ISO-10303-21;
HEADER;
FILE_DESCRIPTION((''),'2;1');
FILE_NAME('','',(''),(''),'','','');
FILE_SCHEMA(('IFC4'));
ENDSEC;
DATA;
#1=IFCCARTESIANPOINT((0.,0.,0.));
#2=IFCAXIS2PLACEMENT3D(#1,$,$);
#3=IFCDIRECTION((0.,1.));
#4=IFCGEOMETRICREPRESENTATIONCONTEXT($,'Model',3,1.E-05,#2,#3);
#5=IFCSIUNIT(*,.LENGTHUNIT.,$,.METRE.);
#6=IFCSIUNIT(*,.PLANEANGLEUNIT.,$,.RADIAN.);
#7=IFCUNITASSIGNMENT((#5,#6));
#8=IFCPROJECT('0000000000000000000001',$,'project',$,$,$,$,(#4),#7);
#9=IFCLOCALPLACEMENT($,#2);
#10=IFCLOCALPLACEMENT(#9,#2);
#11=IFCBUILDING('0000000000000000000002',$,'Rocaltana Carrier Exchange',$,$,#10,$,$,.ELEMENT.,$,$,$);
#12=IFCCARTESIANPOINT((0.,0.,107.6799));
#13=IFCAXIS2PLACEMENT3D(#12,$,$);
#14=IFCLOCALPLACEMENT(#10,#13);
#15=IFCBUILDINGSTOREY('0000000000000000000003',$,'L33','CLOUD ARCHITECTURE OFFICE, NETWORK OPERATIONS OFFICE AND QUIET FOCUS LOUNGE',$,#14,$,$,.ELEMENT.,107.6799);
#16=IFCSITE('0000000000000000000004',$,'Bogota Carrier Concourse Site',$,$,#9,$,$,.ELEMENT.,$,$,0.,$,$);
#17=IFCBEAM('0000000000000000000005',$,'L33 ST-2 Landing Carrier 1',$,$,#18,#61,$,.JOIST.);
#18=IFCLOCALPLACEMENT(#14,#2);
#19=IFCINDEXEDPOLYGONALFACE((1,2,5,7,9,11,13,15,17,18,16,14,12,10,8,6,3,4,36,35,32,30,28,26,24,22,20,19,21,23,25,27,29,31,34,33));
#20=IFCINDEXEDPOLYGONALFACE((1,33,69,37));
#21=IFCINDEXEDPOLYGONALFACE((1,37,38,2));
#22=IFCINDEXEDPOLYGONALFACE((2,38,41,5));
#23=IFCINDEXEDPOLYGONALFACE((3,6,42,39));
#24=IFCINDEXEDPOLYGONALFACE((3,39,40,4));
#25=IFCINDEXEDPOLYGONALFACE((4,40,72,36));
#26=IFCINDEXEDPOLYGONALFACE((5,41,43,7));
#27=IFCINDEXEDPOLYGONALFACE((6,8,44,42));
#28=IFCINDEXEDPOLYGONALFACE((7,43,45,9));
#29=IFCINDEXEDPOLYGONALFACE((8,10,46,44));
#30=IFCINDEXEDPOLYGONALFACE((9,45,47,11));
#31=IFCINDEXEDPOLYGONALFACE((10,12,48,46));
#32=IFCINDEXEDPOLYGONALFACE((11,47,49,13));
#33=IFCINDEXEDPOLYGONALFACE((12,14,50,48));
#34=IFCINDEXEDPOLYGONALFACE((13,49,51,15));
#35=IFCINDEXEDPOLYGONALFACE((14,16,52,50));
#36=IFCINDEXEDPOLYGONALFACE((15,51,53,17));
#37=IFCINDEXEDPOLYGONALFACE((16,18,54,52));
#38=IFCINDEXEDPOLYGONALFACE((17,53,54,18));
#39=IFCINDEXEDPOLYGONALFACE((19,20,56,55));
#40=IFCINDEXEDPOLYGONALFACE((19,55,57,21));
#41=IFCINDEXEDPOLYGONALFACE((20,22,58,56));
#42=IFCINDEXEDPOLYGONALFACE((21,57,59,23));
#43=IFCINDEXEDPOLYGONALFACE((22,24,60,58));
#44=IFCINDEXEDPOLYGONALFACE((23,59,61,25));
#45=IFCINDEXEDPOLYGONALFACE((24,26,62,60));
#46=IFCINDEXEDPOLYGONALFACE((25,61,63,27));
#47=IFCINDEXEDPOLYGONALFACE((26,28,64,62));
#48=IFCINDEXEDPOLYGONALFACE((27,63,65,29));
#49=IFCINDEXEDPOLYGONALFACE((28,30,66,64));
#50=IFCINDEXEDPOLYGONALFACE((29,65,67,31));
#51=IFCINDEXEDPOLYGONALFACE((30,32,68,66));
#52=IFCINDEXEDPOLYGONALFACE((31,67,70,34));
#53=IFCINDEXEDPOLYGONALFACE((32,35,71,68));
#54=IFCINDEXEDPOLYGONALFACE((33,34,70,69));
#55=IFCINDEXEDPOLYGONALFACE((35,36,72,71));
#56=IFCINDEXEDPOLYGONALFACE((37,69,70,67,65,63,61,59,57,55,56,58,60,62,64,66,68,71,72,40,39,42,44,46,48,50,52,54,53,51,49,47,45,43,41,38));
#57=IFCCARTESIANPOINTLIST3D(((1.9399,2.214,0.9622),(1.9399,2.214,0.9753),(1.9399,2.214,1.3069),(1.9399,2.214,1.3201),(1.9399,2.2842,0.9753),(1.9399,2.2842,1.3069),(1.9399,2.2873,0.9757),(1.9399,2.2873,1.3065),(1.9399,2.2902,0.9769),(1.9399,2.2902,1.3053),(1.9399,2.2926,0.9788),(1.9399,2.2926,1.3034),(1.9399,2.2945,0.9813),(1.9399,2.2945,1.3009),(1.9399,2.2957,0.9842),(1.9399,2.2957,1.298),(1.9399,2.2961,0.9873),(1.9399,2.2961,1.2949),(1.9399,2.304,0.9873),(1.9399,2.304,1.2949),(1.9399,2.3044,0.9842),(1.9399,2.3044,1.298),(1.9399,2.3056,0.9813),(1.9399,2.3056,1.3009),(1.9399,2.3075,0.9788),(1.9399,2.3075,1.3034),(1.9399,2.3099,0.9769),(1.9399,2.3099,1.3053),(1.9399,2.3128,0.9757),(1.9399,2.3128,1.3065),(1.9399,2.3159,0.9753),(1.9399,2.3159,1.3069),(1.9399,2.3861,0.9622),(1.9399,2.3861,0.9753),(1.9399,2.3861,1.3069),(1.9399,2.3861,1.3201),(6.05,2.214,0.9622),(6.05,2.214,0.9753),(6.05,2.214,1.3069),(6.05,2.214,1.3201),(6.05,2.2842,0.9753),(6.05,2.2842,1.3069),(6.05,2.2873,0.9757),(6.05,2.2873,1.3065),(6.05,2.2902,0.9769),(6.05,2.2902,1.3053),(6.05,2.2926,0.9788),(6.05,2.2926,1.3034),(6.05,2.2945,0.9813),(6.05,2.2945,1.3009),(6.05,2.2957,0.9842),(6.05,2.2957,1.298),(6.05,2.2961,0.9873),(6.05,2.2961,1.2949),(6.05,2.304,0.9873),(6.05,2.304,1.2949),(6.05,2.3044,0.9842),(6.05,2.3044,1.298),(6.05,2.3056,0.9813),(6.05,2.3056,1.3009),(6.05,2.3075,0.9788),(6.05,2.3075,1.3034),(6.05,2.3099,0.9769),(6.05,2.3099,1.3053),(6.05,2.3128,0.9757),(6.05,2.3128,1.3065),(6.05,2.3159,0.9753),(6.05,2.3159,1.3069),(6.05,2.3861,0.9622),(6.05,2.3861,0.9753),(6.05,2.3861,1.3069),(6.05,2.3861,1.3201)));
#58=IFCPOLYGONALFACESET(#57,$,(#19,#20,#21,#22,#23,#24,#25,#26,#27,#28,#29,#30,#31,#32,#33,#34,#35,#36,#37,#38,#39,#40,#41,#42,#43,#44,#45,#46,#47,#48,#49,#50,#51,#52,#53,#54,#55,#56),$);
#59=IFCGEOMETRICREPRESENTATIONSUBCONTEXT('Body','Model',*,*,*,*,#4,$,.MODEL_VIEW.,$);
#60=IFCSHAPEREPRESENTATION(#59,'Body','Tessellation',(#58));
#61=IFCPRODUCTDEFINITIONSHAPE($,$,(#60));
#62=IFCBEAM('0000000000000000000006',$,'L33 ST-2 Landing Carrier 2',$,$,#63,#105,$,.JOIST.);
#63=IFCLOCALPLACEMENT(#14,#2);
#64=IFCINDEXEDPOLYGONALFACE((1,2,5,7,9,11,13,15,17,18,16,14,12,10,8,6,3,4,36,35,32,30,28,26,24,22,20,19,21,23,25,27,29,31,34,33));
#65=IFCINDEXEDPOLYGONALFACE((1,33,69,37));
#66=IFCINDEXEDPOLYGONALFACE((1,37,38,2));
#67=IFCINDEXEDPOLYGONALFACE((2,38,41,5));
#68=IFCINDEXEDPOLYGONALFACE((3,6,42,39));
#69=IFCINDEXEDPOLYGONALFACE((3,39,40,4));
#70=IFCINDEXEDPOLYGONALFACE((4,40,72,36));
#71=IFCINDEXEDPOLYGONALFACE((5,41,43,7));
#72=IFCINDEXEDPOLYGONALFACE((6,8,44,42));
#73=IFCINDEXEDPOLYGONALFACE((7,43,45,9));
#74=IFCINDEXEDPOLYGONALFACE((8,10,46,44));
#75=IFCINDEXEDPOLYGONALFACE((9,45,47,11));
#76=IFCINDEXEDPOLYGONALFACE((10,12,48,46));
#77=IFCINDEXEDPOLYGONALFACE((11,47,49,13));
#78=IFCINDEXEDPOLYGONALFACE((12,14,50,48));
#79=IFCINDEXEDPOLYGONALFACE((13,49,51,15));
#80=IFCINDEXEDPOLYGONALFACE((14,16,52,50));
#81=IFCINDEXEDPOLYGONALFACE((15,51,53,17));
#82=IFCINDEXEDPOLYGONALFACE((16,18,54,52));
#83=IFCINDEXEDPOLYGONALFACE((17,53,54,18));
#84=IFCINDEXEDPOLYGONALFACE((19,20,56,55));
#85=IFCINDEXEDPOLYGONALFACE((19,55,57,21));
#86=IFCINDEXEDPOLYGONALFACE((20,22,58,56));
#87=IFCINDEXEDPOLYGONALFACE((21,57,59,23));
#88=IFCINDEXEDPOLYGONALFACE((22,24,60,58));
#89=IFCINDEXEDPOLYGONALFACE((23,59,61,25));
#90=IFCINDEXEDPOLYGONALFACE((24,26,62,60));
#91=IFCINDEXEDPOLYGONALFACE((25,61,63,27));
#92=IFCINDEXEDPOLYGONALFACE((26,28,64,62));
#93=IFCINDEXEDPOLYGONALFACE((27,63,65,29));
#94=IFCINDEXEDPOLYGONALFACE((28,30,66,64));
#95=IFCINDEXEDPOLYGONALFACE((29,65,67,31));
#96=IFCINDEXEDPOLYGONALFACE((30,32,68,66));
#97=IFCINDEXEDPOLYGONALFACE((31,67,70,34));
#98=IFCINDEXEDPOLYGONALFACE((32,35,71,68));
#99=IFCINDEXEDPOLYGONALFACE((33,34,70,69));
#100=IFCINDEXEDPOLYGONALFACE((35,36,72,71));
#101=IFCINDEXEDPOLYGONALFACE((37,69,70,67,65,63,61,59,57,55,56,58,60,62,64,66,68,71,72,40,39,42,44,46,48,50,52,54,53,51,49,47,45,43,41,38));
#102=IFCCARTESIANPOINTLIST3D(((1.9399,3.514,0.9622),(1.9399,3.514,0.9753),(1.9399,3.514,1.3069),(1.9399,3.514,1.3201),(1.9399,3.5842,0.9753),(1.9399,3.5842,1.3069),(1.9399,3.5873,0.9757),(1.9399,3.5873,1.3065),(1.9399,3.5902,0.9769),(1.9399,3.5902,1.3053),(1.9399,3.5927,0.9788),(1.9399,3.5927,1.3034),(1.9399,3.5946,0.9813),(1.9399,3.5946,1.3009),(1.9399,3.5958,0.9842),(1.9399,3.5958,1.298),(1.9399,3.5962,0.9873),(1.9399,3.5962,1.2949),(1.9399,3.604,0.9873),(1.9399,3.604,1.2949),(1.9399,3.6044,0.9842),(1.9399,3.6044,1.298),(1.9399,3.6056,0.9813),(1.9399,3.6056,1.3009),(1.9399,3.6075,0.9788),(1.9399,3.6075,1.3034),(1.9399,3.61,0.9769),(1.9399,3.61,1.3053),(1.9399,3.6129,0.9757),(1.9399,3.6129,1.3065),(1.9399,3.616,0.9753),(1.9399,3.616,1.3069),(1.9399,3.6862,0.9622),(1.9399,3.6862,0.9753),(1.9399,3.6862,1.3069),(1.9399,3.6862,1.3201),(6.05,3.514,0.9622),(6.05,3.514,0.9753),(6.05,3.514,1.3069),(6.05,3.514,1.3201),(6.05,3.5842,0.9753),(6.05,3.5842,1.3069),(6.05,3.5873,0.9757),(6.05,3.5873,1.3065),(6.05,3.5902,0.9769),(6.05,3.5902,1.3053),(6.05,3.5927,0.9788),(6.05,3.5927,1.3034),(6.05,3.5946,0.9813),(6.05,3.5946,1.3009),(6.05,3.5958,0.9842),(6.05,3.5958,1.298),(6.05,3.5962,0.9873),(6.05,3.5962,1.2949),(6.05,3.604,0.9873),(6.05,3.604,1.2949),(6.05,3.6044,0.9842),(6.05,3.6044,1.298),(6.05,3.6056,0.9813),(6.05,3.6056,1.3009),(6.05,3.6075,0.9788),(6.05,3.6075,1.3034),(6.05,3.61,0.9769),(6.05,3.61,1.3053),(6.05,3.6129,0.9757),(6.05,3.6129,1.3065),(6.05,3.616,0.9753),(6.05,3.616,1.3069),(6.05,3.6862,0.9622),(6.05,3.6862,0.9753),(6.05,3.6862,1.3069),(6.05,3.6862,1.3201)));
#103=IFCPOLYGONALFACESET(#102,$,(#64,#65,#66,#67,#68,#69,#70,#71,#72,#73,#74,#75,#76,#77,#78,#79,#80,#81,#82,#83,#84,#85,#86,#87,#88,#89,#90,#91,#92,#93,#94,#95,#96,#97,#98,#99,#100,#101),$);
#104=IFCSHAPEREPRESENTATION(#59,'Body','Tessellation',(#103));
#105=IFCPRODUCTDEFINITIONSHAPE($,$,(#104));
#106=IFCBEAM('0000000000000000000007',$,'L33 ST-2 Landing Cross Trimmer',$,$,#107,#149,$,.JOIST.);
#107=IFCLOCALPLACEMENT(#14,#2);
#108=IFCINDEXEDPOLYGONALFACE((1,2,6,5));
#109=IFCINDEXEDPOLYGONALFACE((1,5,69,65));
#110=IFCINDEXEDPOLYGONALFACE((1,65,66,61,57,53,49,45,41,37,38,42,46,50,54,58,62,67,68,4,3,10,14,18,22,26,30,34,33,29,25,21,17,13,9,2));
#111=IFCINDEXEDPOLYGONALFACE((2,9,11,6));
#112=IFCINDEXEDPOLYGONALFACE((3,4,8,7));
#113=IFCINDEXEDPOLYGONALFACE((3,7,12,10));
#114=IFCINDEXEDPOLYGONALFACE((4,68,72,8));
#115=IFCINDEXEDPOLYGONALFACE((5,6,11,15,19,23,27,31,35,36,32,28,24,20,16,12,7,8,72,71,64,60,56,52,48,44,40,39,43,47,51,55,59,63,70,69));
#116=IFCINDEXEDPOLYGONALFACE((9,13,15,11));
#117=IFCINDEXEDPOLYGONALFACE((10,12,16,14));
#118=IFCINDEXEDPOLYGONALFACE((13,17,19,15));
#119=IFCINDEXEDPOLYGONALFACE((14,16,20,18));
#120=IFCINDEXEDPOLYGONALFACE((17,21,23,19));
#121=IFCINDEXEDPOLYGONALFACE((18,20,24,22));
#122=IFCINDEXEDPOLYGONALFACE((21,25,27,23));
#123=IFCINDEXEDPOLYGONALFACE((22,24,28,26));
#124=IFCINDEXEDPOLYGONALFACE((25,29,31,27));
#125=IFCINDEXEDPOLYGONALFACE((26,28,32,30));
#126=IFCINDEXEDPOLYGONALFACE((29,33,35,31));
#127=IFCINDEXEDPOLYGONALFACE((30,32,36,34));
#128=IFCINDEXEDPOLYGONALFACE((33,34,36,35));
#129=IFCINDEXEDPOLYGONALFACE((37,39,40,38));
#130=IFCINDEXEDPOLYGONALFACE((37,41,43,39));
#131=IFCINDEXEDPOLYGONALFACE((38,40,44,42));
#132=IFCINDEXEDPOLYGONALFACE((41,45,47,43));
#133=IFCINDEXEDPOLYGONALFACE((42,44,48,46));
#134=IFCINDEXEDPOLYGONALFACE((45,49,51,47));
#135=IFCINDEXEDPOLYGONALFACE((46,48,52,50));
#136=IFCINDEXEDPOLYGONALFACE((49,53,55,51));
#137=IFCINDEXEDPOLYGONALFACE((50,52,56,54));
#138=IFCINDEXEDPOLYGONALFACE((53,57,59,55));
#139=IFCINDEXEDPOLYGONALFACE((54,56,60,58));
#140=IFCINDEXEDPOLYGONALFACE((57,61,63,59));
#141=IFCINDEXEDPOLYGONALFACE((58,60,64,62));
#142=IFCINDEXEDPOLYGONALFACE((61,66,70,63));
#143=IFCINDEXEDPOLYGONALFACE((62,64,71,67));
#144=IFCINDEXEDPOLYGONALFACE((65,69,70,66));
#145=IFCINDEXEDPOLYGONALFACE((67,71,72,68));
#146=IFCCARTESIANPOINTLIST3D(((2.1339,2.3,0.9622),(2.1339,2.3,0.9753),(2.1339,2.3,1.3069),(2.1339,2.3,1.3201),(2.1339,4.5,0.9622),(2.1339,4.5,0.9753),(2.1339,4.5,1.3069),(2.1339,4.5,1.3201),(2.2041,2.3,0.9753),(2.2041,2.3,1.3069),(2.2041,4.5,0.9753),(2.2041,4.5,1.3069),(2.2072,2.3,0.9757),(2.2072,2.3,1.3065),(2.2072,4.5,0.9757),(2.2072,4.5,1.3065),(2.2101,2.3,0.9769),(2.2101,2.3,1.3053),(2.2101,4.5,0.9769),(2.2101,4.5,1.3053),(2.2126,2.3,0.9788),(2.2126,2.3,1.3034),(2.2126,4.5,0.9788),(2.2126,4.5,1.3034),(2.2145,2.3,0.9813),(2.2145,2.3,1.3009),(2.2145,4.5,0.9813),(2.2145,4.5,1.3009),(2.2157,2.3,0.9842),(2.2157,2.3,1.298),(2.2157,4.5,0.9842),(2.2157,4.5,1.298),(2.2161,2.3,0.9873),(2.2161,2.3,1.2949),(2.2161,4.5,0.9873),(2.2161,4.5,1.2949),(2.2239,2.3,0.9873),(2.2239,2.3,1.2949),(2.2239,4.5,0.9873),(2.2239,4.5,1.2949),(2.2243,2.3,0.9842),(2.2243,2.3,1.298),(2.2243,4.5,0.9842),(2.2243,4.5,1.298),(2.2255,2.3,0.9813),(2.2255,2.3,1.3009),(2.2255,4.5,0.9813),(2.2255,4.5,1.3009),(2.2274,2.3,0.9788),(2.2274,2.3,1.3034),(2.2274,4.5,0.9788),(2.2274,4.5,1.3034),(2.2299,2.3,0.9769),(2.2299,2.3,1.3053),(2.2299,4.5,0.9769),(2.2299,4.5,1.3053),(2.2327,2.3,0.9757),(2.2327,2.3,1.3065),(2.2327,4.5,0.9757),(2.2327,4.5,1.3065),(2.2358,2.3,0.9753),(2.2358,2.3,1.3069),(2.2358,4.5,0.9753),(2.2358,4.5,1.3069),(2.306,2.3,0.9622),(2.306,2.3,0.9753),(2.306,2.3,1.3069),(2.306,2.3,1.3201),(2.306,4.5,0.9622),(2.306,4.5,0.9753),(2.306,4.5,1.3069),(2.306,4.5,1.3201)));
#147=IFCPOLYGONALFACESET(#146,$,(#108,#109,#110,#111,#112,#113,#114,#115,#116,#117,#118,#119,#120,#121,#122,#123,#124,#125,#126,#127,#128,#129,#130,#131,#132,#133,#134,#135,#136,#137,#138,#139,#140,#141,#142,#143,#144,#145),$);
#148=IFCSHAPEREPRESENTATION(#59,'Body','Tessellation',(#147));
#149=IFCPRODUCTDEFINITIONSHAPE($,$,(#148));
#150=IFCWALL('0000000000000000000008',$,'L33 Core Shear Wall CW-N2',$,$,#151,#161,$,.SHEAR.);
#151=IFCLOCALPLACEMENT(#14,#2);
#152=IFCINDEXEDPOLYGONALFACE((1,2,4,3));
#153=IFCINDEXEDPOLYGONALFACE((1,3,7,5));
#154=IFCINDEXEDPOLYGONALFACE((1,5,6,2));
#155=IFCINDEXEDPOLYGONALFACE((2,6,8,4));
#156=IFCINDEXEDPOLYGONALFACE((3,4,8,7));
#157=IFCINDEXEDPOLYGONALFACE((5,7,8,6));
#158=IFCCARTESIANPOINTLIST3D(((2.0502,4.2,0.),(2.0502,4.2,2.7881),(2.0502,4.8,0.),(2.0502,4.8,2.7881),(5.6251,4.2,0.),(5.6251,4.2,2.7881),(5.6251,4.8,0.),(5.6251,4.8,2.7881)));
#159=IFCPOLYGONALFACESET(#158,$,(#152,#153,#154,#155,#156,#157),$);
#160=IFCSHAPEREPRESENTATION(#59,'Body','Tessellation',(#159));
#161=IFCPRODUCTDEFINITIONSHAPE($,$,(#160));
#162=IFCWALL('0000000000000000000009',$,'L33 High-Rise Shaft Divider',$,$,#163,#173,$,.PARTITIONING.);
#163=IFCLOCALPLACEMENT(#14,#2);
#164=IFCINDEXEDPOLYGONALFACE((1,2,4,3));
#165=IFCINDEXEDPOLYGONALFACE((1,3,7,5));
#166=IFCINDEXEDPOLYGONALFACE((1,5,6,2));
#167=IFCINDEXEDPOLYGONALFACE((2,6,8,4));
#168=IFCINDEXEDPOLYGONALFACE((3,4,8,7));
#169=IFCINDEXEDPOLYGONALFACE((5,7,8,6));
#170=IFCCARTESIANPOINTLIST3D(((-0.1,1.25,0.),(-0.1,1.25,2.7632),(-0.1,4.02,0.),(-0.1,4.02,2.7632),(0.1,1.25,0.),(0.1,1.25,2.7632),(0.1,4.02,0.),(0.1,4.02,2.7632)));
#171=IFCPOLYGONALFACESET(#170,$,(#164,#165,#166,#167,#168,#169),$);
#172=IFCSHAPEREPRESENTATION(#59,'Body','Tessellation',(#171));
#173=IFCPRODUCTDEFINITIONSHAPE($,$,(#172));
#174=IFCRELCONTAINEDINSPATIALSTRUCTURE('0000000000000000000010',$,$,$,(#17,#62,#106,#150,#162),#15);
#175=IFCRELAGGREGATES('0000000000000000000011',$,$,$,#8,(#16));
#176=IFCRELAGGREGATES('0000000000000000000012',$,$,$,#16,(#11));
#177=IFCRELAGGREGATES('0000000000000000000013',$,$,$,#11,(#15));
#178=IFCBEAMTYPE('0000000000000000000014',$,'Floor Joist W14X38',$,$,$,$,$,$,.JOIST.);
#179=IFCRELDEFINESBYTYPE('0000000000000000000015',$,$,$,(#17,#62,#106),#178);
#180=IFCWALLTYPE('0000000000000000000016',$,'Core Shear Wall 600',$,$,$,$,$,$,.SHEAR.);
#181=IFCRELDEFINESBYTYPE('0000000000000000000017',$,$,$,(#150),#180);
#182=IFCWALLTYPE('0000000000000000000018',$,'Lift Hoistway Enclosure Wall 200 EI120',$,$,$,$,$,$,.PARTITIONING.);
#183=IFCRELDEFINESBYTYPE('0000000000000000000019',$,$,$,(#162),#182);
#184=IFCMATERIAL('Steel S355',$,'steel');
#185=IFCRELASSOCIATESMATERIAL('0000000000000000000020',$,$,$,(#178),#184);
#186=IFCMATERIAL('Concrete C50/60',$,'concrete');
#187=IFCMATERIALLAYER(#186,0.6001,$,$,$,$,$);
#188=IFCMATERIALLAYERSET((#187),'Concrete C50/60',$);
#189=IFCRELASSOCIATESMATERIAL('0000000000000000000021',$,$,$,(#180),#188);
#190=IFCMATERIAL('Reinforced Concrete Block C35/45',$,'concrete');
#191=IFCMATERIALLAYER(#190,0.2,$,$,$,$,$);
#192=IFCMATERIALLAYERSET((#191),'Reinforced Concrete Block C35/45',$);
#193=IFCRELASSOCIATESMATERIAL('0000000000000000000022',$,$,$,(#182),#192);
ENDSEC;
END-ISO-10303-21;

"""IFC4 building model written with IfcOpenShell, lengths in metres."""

from ifc_helpers import new_model, si_unit, direction, frame, frame_2d, origin, origin_2d, place, context, subcontext, project, spatial, rectangle, i_section, extrude, material, layer, layer_set, material_profile, profile_set, type_object, element, save


model = new_model("IFC4")

# Units and contexts
model_context = context("Model", 3, precision=1e-05, world=origin(), true_north=direction((0.0, 1.0)))
body_context = subcontext(model_context, "Body", "Model", "MODEL_VIEW")
ifc_project = project(units=[si_unit("LENGTHUNIT", "METRE"), si_unit("PLANEANGLEUNIT", "RADIAN")], contexts=[model_context])

# Site, building, storey
site_placement = place(None, origin())
site = spatial("IfcSite", under=ifc_project, at=site_placement, Name="Bogota Carrier Concourse Site", CompositionType="ELEMENT", RefElevation=0.0)
building_placement = place(site_placement, origin())
building = spatial("IfcBuilding", under=site, at=building_placement, Name="Rocaltana Carrier Exchange", CompositionType="ELEMENT")
storey_placement = place(building_placement, frame((0.0, 0.0, 107.6799)))
storey = spatial("IfcBuildingStorey", under=building, at=storey_placement, Name="L33", Description="CLOUD ARCHITECTURE OFFICE, NETWORK OPERATIONS OFFICE AND QUIET FOCUS LOUNGE", CompositionType="ELEMENT", Elevation=107.6799)

# Beams
ifc_material_1 = material(Name="Steel S355", Category="steel")
ifc_material_profile = material_profile(ifc_material_1, i_section(OverallWidth=0.1721, OverallDepth=0.3579, WebThickness=0.0078, FlangeThickness=0.0132, FilletRadius=0.012, at=origin_2d()), Name="W14X38")
ifc_profile_set = profile_set([ifc_material_profile], Name="Steel S355")
beam_type = type_object("IfcBeamType", Name="Floor Joist W14X38", PredefinedType="JOIST", material=ifc_profile_set)
for number, where, z_axis, x_axis, name in (
    (1, (1.9399, 2.3, 1.1411), (1.0, 0.0, 0.0), (0.0, 1.0, 0.0), "L33 ST-2 Landing Carrier 1"),
    (2, (1.9399, 3.6001, 1.1411), (1.0, 0.0, 0.0), (0.0, 1.0, 0.0), "L33 ST-2 Landing Carrier 2"),
):
    element("IfcBeam", number, at=place(storey_placement, frame(where, z_axis=z_axis, x_axis=x_axis)), inside=storey, type_object=beam_type, Name=name, PredefinedType="JOIST", context=body_context, shape_type="SweptSolid", body=[
        extrude(i_section(OverallWidth=0.1721, OverallDepth=0.3579, WebThickness=0.0078, FlangeThickness=0.0132, FilletRadius=0.012, at=origin_2d()), origin(), (0.0, 0.0, 1.0), 4.1101),
    ])
beam_placement = place(storey_placement, frame((2.22, 2.3, 1.1411), z_axis=(0.0, 1.0, 0.0), x_axis=(-1.0, 0.0, 0.0)))
element("IfcBeam", 3, at=beam_placement, inside=storey, type_object=beam_type, Name="L33 ST-2 Landing Cross Trimmer", PredefinedType="JOIST", context=body_context, shape_type="SweptSolid", body=[
    extrude(i_section(OverallWidth=0.1721, OverallDepth=0.3579, WebThickness=0.0078, FlangeThickness=0.0132, FilletRadius=0.012, at=origin_2d()), origin(), (0.0, 0.0, 1.0), 2.2),
])

# Walls
ifc_material_2 = material(Name="Concrete C50/60", Category="concrete")
ifc_layer_1 = layer(ifc_material_2, 0.6001)
ifc_layer_set_1 = layer_set([ifc_layer_1], Name="Concrete C50/60")
wall_type_1 = type_object("IfcWallType", Name="Core Shear Wall 600", PredefinedType="SHEAR", material=ifc_layer_set_1)
wall_1_placement = place(storey_placement, frame((2.05, 4.5, 0.0), z_axis=(0.0, 0.0, 1.0), x_axis=(1.0, 0.0, 0.0)))
element("IfcWall", 4, at=wall_1_placement, inside=storey, type_object=wall_type_1, Name="L33 Core Shear Wall CW-N2", PredefinedType="SHEAR", context=body_context, shape_type="SweptSolid", body=[
    extrude(rectangle(XDim=3.575, YDim=0.6001, at=frame_2d((1.7876, 0.0))), origin(), (0.0, 0.0, 1.0), 2.7881),
])
ifc_material_3 = material(Name="Reinforced Concrete Block C35/45", Category="concrete")
ifc_layer_2 = layer(ifc_material_3, 0.2)
ifc_layer_set_2 = layer_set([ifc_layer_2], Name="Reinforced Concrete Block C35/45")
wall_type_2 = type_object("IfcWallType", Name="Lift Hoistway Enclosure Wall 200 EI120", PredefinedType="PARTITIONING", material=ifc_layer_set_2)
wall_2_placement = place(storey_placement, frame((0.0, 1.25, 0.0), z_axis=(0.0, 0.0, 1.0), x_axis=(0.0, 1.0, 0.0)))
element("IfcWall", 5, at=wall_2_placement, inside=storey, type_object=wall_type_2, Name="L33 High-Rise Shaft Divider", PredefinedType="PARTITIONING", context=body_context, shape_type="SweptSolid", body=[
    extrude(rectangle(XDim=2.77, YDim=0.2, at=frame_2d((1.385, 0.0))), origin(), (0.0, 0.0, 1.0), 2.7632),
])

save(model, "model.ifc")
